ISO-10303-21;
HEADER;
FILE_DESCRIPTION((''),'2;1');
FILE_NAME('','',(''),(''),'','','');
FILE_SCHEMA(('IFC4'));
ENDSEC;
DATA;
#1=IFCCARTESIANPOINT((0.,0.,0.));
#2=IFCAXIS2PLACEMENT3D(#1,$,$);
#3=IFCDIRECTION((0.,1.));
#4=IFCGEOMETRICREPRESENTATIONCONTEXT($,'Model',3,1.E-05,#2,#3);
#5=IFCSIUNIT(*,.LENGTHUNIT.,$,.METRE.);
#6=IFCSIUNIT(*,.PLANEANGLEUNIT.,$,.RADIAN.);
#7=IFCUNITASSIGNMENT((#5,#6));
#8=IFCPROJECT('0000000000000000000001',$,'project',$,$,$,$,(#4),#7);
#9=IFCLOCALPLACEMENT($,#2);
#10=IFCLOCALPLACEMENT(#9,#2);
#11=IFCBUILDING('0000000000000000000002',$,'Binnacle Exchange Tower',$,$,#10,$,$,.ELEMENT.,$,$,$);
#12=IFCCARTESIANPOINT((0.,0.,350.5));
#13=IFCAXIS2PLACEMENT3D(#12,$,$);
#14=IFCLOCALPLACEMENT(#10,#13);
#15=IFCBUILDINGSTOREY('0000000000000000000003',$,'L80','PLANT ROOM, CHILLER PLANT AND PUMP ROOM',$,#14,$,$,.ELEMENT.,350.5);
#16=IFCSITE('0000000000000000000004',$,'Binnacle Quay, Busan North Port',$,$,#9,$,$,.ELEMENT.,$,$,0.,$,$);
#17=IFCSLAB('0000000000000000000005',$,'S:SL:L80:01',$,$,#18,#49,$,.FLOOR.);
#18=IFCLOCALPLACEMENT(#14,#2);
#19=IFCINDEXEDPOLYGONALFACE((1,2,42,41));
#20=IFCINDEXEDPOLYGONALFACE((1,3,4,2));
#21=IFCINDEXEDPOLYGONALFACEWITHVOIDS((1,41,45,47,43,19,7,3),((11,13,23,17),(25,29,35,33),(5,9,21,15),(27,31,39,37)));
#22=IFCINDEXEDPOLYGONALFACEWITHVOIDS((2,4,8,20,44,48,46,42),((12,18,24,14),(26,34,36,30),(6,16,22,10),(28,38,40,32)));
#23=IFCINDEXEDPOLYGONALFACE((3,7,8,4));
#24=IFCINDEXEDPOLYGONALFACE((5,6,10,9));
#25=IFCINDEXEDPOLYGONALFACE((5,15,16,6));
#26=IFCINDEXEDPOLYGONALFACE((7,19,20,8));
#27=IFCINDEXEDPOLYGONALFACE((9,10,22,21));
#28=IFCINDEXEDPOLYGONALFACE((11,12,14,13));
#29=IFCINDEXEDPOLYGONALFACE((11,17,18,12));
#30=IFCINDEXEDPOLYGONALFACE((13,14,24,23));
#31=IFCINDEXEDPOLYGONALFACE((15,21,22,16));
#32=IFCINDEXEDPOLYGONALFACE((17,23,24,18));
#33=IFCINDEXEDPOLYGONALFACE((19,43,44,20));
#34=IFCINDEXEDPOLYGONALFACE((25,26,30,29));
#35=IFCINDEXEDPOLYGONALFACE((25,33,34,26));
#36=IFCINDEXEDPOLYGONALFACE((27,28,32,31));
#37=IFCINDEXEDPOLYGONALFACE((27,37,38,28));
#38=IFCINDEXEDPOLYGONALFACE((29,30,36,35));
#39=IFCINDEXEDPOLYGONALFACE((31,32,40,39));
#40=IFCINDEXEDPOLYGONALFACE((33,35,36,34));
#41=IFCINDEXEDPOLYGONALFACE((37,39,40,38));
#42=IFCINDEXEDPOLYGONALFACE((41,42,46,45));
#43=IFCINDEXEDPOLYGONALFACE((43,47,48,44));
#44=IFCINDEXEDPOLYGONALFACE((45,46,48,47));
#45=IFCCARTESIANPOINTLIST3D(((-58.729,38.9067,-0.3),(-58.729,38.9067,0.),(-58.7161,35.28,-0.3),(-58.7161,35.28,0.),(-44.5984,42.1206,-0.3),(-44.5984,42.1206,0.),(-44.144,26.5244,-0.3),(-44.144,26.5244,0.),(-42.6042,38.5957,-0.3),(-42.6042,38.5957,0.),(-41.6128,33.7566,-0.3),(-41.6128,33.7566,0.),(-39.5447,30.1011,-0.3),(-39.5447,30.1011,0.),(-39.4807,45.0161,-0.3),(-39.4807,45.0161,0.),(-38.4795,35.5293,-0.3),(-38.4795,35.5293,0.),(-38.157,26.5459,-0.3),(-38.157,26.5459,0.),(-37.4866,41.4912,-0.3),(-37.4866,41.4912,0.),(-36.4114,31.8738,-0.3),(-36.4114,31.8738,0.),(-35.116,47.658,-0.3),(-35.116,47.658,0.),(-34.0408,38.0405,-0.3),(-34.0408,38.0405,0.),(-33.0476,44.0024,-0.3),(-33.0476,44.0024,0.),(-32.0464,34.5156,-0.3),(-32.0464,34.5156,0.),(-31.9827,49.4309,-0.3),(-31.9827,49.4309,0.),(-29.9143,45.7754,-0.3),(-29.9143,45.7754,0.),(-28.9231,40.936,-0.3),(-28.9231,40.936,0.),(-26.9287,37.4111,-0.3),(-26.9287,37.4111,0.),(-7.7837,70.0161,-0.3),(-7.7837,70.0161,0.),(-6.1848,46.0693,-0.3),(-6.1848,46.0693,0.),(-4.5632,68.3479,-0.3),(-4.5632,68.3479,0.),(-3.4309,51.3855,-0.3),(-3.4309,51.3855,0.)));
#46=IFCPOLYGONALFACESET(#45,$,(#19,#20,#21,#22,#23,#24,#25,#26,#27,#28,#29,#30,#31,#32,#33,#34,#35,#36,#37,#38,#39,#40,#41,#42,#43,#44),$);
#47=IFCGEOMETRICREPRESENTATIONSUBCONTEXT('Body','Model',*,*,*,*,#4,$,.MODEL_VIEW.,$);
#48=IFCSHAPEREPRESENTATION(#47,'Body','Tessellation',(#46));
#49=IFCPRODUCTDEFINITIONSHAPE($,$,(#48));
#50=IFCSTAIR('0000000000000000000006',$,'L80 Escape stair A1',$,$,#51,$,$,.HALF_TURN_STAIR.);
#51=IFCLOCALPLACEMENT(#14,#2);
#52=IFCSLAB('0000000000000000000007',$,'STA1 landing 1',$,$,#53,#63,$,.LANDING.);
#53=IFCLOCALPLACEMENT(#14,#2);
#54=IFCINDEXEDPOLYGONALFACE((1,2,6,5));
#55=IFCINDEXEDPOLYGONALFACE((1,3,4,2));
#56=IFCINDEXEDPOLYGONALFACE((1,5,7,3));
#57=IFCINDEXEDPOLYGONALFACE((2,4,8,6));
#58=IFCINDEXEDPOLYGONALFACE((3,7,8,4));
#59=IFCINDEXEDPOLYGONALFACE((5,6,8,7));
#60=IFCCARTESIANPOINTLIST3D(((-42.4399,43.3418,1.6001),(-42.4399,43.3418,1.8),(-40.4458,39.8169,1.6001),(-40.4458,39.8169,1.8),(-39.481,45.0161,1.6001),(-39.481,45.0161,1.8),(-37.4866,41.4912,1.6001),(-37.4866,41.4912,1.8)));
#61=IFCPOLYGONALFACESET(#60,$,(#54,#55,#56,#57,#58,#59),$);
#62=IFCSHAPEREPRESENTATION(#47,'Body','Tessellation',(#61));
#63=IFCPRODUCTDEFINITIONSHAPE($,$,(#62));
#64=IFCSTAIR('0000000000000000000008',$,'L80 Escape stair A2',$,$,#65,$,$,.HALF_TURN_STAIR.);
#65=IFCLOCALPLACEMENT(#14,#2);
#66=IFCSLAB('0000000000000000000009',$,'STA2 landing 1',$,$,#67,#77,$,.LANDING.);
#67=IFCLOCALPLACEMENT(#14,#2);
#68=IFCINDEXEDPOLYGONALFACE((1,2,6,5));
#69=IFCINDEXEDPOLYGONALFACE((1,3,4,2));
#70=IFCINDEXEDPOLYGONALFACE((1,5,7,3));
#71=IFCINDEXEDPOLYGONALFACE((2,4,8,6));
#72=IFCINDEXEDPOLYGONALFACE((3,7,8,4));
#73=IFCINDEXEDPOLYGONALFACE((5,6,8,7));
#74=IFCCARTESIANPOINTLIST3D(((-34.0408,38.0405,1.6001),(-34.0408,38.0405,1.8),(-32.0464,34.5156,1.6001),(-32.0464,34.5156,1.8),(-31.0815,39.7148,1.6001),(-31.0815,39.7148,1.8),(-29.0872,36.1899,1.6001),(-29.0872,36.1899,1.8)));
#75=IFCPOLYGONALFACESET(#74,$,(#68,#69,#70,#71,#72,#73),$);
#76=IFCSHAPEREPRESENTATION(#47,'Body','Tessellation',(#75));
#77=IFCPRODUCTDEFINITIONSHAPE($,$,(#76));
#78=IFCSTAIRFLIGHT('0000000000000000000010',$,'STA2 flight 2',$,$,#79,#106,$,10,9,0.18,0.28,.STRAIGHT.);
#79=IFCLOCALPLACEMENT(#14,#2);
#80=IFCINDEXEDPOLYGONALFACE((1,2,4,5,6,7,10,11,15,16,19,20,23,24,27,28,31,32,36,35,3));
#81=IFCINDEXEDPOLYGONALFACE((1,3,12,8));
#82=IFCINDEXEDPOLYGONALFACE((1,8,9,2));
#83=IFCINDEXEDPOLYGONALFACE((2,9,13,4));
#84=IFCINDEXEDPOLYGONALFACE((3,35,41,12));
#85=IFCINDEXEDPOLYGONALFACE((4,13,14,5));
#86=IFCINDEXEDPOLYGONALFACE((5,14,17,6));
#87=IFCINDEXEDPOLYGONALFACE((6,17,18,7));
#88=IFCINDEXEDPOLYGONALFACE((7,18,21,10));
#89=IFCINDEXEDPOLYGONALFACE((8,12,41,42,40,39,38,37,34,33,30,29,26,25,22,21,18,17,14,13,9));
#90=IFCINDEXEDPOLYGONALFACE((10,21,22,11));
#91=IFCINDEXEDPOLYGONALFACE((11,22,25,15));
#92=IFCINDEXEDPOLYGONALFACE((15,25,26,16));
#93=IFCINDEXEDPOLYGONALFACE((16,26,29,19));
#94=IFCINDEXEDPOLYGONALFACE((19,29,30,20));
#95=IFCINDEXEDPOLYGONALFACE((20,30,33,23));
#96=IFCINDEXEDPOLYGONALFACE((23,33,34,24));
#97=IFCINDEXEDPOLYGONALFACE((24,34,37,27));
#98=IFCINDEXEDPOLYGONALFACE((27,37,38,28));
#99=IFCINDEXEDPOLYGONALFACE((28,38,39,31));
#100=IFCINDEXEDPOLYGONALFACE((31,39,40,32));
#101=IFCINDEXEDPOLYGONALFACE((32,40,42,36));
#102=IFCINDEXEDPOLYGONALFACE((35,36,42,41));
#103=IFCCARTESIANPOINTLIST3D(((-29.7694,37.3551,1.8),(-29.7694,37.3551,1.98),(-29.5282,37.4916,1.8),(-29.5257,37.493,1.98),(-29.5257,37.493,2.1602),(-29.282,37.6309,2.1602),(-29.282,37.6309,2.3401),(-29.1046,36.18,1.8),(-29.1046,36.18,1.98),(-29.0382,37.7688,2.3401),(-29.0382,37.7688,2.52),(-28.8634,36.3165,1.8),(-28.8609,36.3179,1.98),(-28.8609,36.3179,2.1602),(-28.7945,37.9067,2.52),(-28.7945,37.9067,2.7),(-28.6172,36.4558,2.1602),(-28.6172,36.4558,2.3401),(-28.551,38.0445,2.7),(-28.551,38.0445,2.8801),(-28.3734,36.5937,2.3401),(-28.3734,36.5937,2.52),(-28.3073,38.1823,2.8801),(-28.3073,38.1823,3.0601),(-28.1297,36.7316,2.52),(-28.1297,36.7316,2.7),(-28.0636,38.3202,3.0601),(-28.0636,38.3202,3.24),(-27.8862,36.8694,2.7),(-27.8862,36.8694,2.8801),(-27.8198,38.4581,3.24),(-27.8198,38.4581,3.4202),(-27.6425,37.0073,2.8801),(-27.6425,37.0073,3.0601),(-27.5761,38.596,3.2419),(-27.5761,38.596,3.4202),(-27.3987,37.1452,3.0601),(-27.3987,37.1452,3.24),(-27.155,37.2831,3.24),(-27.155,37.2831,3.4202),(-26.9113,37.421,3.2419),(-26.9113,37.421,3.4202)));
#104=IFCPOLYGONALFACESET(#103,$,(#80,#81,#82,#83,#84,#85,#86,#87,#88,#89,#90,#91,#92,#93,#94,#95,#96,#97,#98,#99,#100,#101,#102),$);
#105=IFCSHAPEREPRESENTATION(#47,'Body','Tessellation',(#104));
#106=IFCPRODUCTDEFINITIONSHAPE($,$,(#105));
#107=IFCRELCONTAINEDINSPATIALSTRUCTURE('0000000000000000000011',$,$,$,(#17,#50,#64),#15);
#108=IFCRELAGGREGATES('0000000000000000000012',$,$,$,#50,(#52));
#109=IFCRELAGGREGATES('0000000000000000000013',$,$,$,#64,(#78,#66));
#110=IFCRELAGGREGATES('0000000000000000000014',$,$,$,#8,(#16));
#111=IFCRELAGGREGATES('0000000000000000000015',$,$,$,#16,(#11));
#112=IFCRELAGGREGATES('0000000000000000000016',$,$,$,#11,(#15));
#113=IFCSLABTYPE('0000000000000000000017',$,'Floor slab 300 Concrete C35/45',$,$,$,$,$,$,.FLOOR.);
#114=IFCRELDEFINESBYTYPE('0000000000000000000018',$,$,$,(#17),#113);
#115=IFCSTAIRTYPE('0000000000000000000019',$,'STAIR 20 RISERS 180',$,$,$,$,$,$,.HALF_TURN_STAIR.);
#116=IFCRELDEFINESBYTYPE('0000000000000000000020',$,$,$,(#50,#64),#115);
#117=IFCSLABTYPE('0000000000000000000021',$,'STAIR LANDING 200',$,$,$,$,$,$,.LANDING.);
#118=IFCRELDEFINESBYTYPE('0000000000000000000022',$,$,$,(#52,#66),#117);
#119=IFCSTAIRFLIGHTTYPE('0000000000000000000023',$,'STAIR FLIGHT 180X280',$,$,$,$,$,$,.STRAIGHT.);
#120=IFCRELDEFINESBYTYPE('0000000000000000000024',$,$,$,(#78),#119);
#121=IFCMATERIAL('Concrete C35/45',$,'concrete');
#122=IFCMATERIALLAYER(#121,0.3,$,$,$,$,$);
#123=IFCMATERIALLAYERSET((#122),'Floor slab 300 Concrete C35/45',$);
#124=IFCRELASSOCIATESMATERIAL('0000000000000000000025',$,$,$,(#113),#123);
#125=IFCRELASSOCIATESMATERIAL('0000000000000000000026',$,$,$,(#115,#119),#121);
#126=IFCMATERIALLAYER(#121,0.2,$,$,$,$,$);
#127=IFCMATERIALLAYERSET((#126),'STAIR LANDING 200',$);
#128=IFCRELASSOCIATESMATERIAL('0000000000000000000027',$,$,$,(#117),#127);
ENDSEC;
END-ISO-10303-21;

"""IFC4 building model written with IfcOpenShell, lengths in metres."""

from ifc_helpers import new_model, si_unit, direction, frame, origin, place, context, subcontext, project, spatial, polyline, outline, extrude, material, layer, layer_set, type_object, element, aggregate, save


model = new_model("IFC4")

# Units and contexts
model_context = context("Model", 3, precision=1e-05, world=origin(), true_north=direction((0.0, 1.0)))
body_context = subcontext(model_context, "Body", "Model", "MODEL_VIEW")
ifc_project = project(units=[si_unit("LENGTHUNIT", "METRE"), si_unit("PLANEANGLEUNIT", "RADIAN")], contexts=[model_context])

# Site, building, storey
site_placement = place(None, origin())
site = spatial("IfcSite", under=ifc_project, at=site_placement, Name="Binnacle Quay, Busan North Port", CompositionType="ELEMENT", RefElevation=0.0)
building_placement = place(site_placement, origin())
building = spatial("IfcBuilding", under=site, at=building_placement, Name="Binnacle Exchange Tower", CompositionType="ELEMENT")
storey_placement = place(building_placement, frame((0.0, 0.0, 350.5)))
storey = spatial("IfcBuildingStorey", under=building, at=storey_placement, Name="L80", Description="PLANT ROOM, CHILLER PLANT AND PUMP ROOM", CompositionType="ELEMENT", Elevation=350.5)

# Slab
ifc_material_1 = material(Name="Concrete C35/45", Category="concrete")
ifc_layer_1 = layer(ifc_material_1, 0.3)
ifc_layer_set_1 = layer_set([ifc_layer_1], Name="Floor slab 300 Concrete C35/45")
slab_type_1 = type_object("IfcSlabType", Name="Floor slab 300 Concrete C35/45", PredefinedType="FLOOR", material=ifc_layer_set_1)
slab_1_placement = place(storey_placement, frame((0.0, 0.0, -0.3)))
element("IfcSlab", 1, at=slab_1_placement, inside=storey, type_object=slab_type_1, Name="S:SL:L80:01", PredefinedType="FLOOR", context=body_context, shape_type="SweptSolid", body=[
    extrude(outline(polyline([(-38.157, 26.5459), (-44.144, 26.5244), (-58.7161, 35.28), (-58.729, 38.9067), (-7.7837, 70.0161), (-4.5632, 68.3479), (-3.4309, 51.3855), (-6.1848, 46.0693), (-38.157, 26.5459)]), holes=[polyline([(-41.6128, 33.7566), (-39.5447, 30.1011), (-36.4114, 31.8738), (-38.4795, 35.5293), (-41.6128, 33.7566)]), polyline([(-26.9287, 37.4111), (-28.9231, 40.936), (-34.0408, 38.0405), (-32.0464, 34.5156), (-26.9287, 37.4111)]), polyline([(-44.5984, 42.1206), (-42.6042, 38.5957), (-37.4866, 41.4912), (-39.4807, 45.0161), (-44.5984, 42.1206)]), polyline([(-35.116, 47.658), (-33.0476, 44.0024), (-29.9143, 45.7754), (-31.9827, 49.4309), (-35.116, 47.658)])]), origin(), (0.0, 0.0, 1.0), 0.3),
])

# Stair, slab
stair_type = type_object("IfcStairType", Name="STAIR 20 RISERS 180", PredefinedType="HALF_TURN_STAIR", material=ifc_material_1)
stair_1_placement = place(storey_placement, origin())
stair_1 = element("IfcStair", 2, at=stair_1_placement, inside=storey, type_object=stair_type, Name="L80 Escape stair A1", PredefinedType="HALF_TURN_STAIR")
ifc_layer_2 = layer(ifc_material_1, 0.2)
ifc_layer_set_2 = layer_set([ifc_layer_2], Name="STAIR LANDING 200")
slab_type_2 = type_object("IfcSlabType", Name="STAIR LANDING 200", PredefinedType="LANDING", material=ifc_layer_set_2)
slab_2_placement = place(storey_placement, frame((0.0, 0.0, 1.6001)))
slab_2 = element("IfcSlab", 3, at=slab_2_placement, type_object=slab_type_2, Name="STA1 landing 1", PredefinedType="LANDING", context=body_context, shape_type="SweptSolid", body=[
    extrude(outline(polyline([(-40.4458, 39.8169), (-37.4866, 41.4912), (-39.481, 45.0161), (-42.4399, 43.3418), (-40.4458, 39.8169)])), origin(), (0.0, 0.0, 1.0), 0.2),
])
aggregate(stair_1, [slab_2])

# Stair, slab, stair flight
stair_2_placement = place(storey_placement, origin())
stair_2 = element("IfcStair", 4, at=stair_2_placement, inside=storey, type_object=stair_type, Name="L80 Escape stair A2", PredefinedType="HALF_TURN_STAIR")
slab_3_placement = place(storey_placement, frame((0.0, 0.0, 1.6001)))
slab_3 = element("IfcSlab", 5, at=slab_3_placement, type_object=slab_type_2, Name="STA2 landing 1", PredefinedType="LANDING", context=body_context, shape_type="SweptSolid", body=[
    extrude(outline(polyline([(-31.0815, 39.7148), (-34.0408, 38.0405), (-32.0464, 34.5156), (-29.0872, 36.1899), (-31.0815, 39.7148)])), origin(), (0.0, 0.0, 1.0), 0.2),
])
stair_flight_type = type_object("IfcStairFlightType", Name="STAIR FLIGHT 180X280", PredefinedType="STRAIGHT", material=ifc_material_1)
stair_flight_placement = place(storey_placement, frame((-29.437, 36.7676, 1.8), z_axis=(0.0, 0.0, 1.0), x_axis=(0.870356, 0.492424, 0.0)))
stair_flight = element("IfcStairFlight", 6, at=stair_flight_placement, type_object=stair_flight_type, Name="STA2 flight 2", NumberOfRisers=10, NumberOfTreads=9, PredefinedType="STRAIGHT", RiserHeight=0.18, TreadLength=0.28, context=body_context, shape_type="SweptSolid", body=[
    extrude(outline(polyline([(0.0, 0.0), (0.0, 0.1799), (0.28, 0.1799), (0.28, 0.3601), (0.5601, 0.3601), (0.5601, 0.54), (0.8401, 0.54), (0.8401, 0.72), (1.1201, 0.72), (1.1201, 0.8999), (1.3999, 0.8999), (1.3999, 1.0801), (1.6799, 1.0801), (1.6799, 1.26), (1.96, 1.26), (1.96, 1.4399), (2.24, 1.4399), (2.24, 1.6201), (2.52, 1.6201), (2.52, 1.8), (2.52, 1.4419), (0.2771, 0.0), (0.0, 0.0)])), frame((0.0, 0.675, 0.0), z_axis=(0.0, -1.0, 0.0), x_axis=(1.0, 0.0, 0.0)), (0.0, 0.0, 1.0), 1.3501),
])
aggregate(stair_2, [stair_flight, slab_3])

save(model, "model.ifc")
